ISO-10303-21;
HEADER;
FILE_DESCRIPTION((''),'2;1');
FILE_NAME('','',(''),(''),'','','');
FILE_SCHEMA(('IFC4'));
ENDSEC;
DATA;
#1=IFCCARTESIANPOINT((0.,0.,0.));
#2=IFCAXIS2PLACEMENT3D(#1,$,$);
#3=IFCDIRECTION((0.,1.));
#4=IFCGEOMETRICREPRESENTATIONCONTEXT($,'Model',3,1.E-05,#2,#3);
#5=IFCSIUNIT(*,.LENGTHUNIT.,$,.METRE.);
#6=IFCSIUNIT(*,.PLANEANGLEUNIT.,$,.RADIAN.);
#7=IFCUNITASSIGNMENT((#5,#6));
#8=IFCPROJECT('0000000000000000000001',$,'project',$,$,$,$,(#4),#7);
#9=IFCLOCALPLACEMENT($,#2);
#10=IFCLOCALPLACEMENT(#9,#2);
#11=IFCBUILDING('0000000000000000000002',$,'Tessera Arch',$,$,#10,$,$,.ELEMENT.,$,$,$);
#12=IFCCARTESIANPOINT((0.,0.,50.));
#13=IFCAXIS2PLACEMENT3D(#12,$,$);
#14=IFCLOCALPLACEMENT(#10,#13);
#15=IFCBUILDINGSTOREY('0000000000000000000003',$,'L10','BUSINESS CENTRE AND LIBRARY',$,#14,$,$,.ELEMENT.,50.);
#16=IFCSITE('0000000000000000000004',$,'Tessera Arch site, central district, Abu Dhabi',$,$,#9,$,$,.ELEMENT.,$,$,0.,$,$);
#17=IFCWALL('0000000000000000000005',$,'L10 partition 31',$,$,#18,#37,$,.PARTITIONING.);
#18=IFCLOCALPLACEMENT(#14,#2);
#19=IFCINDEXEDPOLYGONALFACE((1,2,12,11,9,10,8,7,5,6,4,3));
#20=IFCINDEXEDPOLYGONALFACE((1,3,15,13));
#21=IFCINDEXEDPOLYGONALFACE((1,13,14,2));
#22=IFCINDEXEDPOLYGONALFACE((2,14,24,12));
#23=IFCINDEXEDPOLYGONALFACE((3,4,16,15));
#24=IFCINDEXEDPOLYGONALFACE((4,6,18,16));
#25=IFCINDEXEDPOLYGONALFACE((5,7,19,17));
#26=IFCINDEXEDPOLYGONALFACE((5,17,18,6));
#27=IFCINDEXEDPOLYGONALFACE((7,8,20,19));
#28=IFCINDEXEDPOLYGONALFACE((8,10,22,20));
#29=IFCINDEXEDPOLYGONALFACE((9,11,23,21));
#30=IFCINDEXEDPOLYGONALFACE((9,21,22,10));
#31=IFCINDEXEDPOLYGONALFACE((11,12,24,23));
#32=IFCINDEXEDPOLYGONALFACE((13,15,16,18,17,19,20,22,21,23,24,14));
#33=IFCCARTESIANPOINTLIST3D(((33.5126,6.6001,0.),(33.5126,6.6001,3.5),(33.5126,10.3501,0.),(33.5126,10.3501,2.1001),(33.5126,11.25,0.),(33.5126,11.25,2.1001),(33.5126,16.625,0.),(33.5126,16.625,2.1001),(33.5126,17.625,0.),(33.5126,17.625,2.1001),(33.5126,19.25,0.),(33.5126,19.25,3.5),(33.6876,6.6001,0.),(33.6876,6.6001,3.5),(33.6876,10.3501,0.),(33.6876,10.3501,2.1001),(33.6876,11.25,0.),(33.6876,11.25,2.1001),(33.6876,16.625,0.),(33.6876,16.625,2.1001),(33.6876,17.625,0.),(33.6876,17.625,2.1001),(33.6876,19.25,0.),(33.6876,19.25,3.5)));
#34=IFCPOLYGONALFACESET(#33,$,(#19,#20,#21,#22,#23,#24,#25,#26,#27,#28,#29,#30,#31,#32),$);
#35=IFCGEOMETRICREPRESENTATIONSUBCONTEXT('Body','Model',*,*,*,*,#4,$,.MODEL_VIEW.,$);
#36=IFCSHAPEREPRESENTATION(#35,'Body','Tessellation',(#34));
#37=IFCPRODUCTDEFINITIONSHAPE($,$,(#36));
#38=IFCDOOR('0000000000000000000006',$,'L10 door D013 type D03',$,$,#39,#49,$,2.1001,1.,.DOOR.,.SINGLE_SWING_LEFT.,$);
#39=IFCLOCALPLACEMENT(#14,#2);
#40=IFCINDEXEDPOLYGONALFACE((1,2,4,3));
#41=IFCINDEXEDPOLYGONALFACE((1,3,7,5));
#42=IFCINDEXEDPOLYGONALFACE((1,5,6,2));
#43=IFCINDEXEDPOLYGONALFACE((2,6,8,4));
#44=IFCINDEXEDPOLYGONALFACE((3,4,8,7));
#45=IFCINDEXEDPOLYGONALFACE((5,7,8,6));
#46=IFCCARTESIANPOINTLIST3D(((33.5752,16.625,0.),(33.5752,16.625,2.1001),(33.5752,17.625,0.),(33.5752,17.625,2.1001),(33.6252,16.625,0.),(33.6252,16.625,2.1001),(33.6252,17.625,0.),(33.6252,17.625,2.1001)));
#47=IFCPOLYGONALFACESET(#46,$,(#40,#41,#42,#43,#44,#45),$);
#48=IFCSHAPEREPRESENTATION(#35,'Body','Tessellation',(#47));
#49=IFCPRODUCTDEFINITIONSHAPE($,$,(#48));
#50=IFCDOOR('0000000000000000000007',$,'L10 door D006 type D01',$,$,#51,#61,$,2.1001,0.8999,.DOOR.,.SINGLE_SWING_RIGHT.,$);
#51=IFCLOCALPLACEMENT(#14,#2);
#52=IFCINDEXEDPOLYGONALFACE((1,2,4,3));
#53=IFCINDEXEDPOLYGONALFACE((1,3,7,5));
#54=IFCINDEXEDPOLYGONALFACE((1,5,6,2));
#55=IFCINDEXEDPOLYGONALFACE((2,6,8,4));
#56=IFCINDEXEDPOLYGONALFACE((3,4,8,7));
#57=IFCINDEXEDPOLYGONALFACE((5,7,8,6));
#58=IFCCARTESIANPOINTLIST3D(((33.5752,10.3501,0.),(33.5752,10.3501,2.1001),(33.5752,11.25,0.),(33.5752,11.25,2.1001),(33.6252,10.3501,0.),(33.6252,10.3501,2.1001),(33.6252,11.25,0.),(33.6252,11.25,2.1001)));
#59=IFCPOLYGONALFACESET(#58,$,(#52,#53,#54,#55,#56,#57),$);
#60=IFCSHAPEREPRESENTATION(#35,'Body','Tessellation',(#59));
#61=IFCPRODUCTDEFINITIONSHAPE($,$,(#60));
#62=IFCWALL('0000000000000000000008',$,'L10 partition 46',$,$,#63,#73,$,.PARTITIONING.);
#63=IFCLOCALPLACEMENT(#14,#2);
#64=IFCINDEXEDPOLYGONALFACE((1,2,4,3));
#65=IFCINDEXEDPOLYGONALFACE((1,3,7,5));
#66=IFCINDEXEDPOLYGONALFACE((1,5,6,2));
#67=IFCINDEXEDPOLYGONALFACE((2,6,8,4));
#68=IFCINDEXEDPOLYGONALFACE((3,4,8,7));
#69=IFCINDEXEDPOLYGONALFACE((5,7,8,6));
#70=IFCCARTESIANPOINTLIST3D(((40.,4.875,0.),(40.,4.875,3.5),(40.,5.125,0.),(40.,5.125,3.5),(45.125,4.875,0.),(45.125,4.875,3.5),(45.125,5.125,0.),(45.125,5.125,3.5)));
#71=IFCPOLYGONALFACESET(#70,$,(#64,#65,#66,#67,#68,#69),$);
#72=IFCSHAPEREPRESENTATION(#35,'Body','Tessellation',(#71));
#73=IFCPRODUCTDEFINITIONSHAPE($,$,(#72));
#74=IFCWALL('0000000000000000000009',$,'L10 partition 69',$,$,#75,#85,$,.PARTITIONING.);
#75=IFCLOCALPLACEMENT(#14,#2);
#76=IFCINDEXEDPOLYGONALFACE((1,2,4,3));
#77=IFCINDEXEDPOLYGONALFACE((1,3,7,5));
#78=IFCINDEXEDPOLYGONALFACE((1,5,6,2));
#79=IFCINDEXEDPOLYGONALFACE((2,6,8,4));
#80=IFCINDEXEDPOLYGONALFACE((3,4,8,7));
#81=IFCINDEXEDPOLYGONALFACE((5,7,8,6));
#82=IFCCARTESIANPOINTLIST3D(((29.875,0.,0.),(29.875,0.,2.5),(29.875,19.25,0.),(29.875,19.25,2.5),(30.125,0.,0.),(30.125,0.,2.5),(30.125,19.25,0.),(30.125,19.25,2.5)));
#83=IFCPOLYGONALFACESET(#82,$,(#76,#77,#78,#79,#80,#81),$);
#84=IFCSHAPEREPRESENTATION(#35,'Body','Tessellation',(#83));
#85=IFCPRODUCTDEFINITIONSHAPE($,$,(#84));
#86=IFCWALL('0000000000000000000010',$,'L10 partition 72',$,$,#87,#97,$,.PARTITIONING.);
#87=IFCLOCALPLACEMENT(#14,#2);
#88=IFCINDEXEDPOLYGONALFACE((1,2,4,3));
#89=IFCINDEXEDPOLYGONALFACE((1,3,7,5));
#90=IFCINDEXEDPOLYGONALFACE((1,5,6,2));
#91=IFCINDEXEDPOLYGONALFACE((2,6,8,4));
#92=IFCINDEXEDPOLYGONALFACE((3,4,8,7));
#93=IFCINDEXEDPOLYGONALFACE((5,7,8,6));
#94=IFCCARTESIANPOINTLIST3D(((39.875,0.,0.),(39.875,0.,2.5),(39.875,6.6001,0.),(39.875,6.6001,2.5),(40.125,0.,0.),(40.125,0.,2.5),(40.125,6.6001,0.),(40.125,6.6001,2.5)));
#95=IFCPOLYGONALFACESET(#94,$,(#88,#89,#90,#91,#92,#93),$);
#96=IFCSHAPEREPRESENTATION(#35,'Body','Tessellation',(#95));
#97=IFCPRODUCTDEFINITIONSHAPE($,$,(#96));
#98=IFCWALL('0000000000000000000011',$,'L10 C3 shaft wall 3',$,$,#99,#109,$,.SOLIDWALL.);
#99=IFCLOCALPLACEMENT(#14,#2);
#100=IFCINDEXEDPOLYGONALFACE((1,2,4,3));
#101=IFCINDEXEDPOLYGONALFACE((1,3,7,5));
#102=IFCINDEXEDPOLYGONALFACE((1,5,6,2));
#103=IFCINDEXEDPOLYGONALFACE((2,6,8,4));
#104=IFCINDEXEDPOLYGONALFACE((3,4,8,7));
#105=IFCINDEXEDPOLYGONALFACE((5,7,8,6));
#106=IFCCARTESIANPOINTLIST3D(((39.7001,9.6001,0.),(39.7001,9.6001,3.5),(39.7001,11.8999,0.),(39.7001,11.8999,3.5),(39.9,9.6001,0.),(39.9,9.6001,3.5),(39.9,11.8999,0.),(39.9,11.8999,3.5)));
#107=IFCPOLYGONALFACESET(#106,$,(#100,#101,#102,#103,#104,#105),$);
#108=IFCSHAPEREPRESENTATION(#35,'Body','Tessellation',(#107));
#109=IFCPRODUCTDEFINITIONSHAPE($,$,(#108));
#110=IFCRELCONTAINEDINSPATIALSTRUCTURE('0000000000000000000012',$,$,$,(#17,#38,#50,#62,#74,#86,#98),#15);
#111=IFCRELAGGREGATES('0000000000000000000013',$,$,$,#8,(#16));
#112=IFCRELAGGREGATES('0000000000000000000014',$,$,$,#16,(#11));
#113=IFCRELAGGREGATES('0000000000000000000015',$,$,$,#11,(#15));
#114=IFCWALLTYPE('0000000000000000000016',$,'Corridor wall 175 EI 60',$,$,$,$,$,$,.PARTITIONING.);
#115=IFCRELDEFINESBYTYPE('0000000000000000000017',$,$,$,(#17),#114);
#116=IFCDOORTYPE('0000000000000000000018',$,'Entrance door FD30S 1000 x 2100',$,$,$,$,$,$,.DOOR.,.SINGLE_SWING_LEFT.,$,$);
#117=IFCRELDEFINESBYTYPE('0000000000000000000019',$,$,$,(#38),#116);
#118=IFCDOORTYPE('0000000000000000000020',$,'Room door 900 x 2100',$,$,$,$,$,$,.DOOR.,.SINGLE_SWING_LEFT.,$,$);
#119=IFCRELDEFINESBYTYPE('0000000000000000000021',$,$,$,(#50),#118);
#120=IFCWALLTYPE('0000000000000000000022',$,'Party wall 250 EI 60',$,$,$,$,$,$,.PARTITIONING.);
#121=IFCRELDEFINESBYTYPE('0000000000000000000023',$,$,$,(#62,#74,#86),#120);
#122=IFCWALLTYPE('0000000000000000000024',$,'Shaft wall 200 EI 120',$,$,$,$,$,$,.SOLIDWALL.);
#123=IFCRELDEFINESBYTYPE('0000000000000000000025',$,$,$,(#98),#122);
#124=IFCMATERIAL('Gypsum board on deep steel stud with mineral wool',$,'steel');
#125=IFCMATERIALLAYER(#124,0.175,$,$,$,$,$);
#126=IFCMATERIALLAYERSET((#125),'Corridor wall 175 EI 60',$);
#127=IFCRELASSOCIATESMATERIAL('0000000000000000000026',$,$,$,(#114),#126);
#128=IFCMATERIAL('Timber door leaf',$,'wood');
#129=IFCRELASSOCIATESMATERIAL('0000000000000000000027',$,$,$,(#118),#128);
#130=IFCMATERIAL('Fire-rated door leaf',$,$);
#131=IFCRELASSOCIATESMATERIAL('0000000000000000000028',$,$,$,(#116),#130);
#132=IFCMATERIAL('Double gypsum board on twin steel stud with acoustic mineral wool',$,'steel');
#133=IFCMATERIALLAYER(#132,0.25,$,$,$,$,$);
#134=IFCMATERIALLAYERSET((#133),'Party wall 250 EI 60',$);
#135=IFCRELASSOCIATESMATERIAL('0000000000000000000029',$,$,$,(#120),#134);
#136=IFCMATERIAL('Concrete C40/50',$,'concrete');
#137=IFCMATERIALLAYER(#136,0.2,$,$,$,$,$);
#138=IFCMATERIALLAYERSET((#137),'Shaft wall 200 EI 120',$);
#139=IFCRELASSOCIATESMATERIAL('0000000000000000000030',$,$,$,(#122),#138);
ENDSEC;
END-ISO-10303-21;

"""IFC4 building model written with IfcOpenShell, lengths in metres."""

from ifc_helpers import new_model, si_unit, direction, frame, frame_2d, origin, place, context, subcontext, project, spatial, rectangle, extrude, material, layer, layer_set, type_object, element, fill, save


model = new_model("IFC4")

# Units and contexts
model_context = context("Model", 3, precision=1e-05, world=origin(), true_north=direction((0.0, 1.0)))
body_context = subcontext(model_context, "Body", "Model", "MODEL_VIEW")
ifc_project = project(units=[si_unit("LENGTHUNIT", "METRE"), si_unit("PLANEANGLEUNIT", "RADIAN")], contexts=[model_context])

# Site, building, storey
site_placement = place(None, origin())
site = spatial("IfcSite", under=ifc_project, at=site_placement, Name="Tessera Arch site, central district, Abu Dhabi", CompositionType="ELEMENT", RefElevation=0.0)
building_placement = place(site_placement, origin())
building = spatial("IfcBuilding", under=site, at=building_placement, Name="Tessera Arch", CompositionType="ELEMENT")
storey_placement = place(building_placement, frame((0.0, 0.0, 50.0)))
storey = spatial("IfcBuildingStorey", under=building, at=storey_placement, Name="L10", Description="BUSINESS CENTRE AND LIBRARY", CompositionType="ELEMENT", Elevation=50.0)

# Shared definitions
ifc_material_1 = material(Name="Gypsum board on deep steel stud with mineral wool", Category="steel")
ifc_layer_1 = layer(ifc_material_1, 0.175)
ifc_layer_set_1 = layer_set([ifc_layer_1], Name="Corridor wall 175 EI 60")
wall_type_1 = type_object("IfcWallType", Name="Corridor wall 175 EI 60", PredefinedType="PARTITIONING", material=ifc_layer_set_1)
ifc_material_2 = material(Name="Timber door leaf", Category="wood")
door_type_1 = type_object("IfcDoorType", Name="Room door 900 x 2100", OperationType="SINGLE_SWING_LEFT", PredefinedType="DOOR", material=ifc_material_2)

# Wall, openings, doors
wall_1_placement = place(storey_placement, frame((33.6001, 6.6001, 0.0), z_axis=(0.0, 0.0, 1.0), x_axis=(0.0, 1.0, 0.0)))
wall_1 = element("IfcWall", 1, at=wall_1_placement, inside=storey, type_object=wall_type_1, Name="L10 partition 31", PredefinedType="PARTITIONING", context=body_context, shape_type="SweptSolid", body=[
    extrude(rectangle(XDim=12.6499, YDim=0.175, at=frame_2d((6.325, 0.0))), origin(), (0.0, 0.0, 1.0), 3.5),
])
opening_1_placement = place(wall_1_placement, frame((3.75, 0.0, 0.0)))
opening_1 = element("IfcOpeningElement", 2, at=opening_1_placement, cuts=wall_1, PredefinedType="OPENING", context=body_context, shape_type="SweptSolid", body=[
    extrude(rectangle(XDim=0.8999, YDim=2.1001, at=frame_2d((0.45, 1.05))), frame((0.0, 0.0974, 0.0), z_axis=(0.0, -1.0, 0.0), x_axis=(1.0, 0.0, 0.0)), (0.0, 0.0, 1.0), 0.1951),
])
opening_2_placement = place(wall_1_placement, frame((10.0249, 0.0, 0.0)))
opening_2 = element("IfcOpeningElement", 3, at=opening_2_placement, cuts=wall_1, PredefinedType="OPENING", context=body_context, shape_type="SweptSolid", body=[
    extrude(rectangle(XDim=1.0, YDim=2.1001, at=frame_2d((0.5, 1.05))), frame((0.0, 0.0974, 0.0), z_axis=(0.0, -1.0, 0.0), x_axis=(1.0, 0.0, 0.0)), (0.0, 0.0, 1.0), 0.1951),
])
ifc_material_3 = material(Name="Fire-rated door leaf")
door_type_2 = type_object("IfcDoorType", Name="Entrance door FD30S 1000 x 2100", OperationType="SINGLE_SWING_LEFT", PredefinedType="DOOR", material=ifc_material_3)
door_1_placement = place(opening_2_placement, origin())
door_1 = element("IfcDoor", 4, at=door_1_placement, inside=storey, type_object=door_type_2, Name="L10 door D013 type D03", OperationType="SINGLE_SWING_LEFT", OverallHeight=2.1001, OverallWidth=1.0, PredefinedType="DOOR", context=body_context, shape_type="SweptSolid", body=[
    extrude(rectangle(XDim=1.0, YDim=2.1001, at=frame_2d((0.5, 1.05))), frame((0.0, 0.0249, 0.0), z_axis=(0.0, -1.0, 0.0), x_axis=(1.0, 0.0, 0.0)), (0.0, 0.0, 1.0), 0.05),
])
fill(opening_2, door_1)
door_2_placement = place(opening_1_placement, origin())
door_2 = element("IfcDoor", 5, at=door_2_placement, inside=storey, type_object=door_type_1, Name="L10 door D006 type D01", OperationType="SINGLE_SWING_RIGHT", OverallHeight=2.1001, OverallWidth=0.8999, PredefinedType="DOOR", context=body_context, shape_type="SweptSolid", body=[
    extrude(rectangle(XDim=0.8999, YDim=2.1001, at=frame_2d((0.45, 1.05))), frame((0.0, 0.0249, 0.0), z_axis=(0.0, -1.0, 0.0), x_axis=(1.0, 0.0, 0.0)), (0.0, 0.0, 1.0), 0.05),
])
fill(opening_1, door_2)

# Walls
ifc_material_4 = material(Name="Double gypsum board on twin steel stud with acoustic mineral wool", Category="steel")
ifc_layer_2 = layer(ifc_material_4, 0.25)
ifc_layer_set_2 = layer_set([ifc_layer_2], Name="Party wall 250 EI 60")
wall_type_2 = type_object("IfcWallType", Name="Party wall 250 EI 60", PredefinedType="PARTITIONING", material=ifc_layer_set_2)
wall_2_placement = place(storey_placement, frame((40.0, 5.0, 0.0), z_axis=(0.0, 0.0, 1.0), x_axis=(1.0, 0.0, 0.0)))
element("IfcWall", 6, at=wall_2_placement, inside=storey, type_object=wall_type_2, Name="L10 partition 46", PredefinedType="PARTITIONING", context=body_context, shape_type="SweptSolid", body=[
    extrude(rectangle(XDim=5.125, YDim=0.25, at=frame_2d((2.5625, 0.0))), origin(), (0.0, 0.0, 1.0), 3.5),
])
wall_3_placement = place(storey_placement, frame((30.0, 0.0, 0.0), z_axis=(0.0, 0.0, 1.0), x_axis=(0.0, 1.0, 0.0)))
element("IfcWall", 7, at=wall_3_placement, inside=storey, type_object=wall_type_2, Name="L10 partition 69", PredefinedType="PARTITIONING", context=body_context, shape_type="SweptSolid", body=[
    extrude(rectangle(XDim=19.25, YDim=0.25, at=frame_2d((9.625, 0.0))), origin(), (0.0, 0.0, 1.0), 2.5),
])
wall_4_placement = place(storey_placement, frame((40.0, 0.0, 0.0), z_axis=(0.0, 0.0, 1.0), x_axis=(0.0, 1.0, 0.0)))
element("IfcWall", 8, at=wall_4_placement, inside=storey, type_object=wall_type_2, Name="L10 partition 72", PredefinedType="PARTITIONING", context=body_context, shape_type="SweptSolid", body=[
    extrude(rectangle(XDim=6.6001, YDim=0.25, at=frame_2d((3.3, 0.0))), origin(), (0.0, 0.0, 1.0), 2.5),
])
ifc_material_5 = material(Name="Concrete C40/50", Category="concrete")
ifc_layer_3 = layer(ifc_material_5, 0.2)
ifc_layer_set_3 = layer_set([ifc_layer_3], Name="Shaft wall 200 EI 120")
wall_type_3 = type_object("IfcWallType", Name="Shaft wall 200 EI 120", PredefinedType="SOLIDWALL", material=ifc_layer_set_3)
wall_5_placement = place(storey_placement, frame((39.8, 9.6001, 0.0), z_axis=(0.0, 0.0, 1.0), x_axis=(0.0, 1.0, 0.0)))
element("IfcWall", 9, at=wall_5_placement, inside=storey, type_object=wall_type_3, Name="L10 C3 shaft wall 3", PredefinedType="SOLIDWALL", context=body_context, shape_type="SweptSolid", body=[
    extrude(rectangle(XDim=2.2998, YDim=0.2, at=frame_2d((1.1499, 0.0))), origin(), (0.0, 0.0, 1.0), 3.5),
])

save(model, "model.ifc")
